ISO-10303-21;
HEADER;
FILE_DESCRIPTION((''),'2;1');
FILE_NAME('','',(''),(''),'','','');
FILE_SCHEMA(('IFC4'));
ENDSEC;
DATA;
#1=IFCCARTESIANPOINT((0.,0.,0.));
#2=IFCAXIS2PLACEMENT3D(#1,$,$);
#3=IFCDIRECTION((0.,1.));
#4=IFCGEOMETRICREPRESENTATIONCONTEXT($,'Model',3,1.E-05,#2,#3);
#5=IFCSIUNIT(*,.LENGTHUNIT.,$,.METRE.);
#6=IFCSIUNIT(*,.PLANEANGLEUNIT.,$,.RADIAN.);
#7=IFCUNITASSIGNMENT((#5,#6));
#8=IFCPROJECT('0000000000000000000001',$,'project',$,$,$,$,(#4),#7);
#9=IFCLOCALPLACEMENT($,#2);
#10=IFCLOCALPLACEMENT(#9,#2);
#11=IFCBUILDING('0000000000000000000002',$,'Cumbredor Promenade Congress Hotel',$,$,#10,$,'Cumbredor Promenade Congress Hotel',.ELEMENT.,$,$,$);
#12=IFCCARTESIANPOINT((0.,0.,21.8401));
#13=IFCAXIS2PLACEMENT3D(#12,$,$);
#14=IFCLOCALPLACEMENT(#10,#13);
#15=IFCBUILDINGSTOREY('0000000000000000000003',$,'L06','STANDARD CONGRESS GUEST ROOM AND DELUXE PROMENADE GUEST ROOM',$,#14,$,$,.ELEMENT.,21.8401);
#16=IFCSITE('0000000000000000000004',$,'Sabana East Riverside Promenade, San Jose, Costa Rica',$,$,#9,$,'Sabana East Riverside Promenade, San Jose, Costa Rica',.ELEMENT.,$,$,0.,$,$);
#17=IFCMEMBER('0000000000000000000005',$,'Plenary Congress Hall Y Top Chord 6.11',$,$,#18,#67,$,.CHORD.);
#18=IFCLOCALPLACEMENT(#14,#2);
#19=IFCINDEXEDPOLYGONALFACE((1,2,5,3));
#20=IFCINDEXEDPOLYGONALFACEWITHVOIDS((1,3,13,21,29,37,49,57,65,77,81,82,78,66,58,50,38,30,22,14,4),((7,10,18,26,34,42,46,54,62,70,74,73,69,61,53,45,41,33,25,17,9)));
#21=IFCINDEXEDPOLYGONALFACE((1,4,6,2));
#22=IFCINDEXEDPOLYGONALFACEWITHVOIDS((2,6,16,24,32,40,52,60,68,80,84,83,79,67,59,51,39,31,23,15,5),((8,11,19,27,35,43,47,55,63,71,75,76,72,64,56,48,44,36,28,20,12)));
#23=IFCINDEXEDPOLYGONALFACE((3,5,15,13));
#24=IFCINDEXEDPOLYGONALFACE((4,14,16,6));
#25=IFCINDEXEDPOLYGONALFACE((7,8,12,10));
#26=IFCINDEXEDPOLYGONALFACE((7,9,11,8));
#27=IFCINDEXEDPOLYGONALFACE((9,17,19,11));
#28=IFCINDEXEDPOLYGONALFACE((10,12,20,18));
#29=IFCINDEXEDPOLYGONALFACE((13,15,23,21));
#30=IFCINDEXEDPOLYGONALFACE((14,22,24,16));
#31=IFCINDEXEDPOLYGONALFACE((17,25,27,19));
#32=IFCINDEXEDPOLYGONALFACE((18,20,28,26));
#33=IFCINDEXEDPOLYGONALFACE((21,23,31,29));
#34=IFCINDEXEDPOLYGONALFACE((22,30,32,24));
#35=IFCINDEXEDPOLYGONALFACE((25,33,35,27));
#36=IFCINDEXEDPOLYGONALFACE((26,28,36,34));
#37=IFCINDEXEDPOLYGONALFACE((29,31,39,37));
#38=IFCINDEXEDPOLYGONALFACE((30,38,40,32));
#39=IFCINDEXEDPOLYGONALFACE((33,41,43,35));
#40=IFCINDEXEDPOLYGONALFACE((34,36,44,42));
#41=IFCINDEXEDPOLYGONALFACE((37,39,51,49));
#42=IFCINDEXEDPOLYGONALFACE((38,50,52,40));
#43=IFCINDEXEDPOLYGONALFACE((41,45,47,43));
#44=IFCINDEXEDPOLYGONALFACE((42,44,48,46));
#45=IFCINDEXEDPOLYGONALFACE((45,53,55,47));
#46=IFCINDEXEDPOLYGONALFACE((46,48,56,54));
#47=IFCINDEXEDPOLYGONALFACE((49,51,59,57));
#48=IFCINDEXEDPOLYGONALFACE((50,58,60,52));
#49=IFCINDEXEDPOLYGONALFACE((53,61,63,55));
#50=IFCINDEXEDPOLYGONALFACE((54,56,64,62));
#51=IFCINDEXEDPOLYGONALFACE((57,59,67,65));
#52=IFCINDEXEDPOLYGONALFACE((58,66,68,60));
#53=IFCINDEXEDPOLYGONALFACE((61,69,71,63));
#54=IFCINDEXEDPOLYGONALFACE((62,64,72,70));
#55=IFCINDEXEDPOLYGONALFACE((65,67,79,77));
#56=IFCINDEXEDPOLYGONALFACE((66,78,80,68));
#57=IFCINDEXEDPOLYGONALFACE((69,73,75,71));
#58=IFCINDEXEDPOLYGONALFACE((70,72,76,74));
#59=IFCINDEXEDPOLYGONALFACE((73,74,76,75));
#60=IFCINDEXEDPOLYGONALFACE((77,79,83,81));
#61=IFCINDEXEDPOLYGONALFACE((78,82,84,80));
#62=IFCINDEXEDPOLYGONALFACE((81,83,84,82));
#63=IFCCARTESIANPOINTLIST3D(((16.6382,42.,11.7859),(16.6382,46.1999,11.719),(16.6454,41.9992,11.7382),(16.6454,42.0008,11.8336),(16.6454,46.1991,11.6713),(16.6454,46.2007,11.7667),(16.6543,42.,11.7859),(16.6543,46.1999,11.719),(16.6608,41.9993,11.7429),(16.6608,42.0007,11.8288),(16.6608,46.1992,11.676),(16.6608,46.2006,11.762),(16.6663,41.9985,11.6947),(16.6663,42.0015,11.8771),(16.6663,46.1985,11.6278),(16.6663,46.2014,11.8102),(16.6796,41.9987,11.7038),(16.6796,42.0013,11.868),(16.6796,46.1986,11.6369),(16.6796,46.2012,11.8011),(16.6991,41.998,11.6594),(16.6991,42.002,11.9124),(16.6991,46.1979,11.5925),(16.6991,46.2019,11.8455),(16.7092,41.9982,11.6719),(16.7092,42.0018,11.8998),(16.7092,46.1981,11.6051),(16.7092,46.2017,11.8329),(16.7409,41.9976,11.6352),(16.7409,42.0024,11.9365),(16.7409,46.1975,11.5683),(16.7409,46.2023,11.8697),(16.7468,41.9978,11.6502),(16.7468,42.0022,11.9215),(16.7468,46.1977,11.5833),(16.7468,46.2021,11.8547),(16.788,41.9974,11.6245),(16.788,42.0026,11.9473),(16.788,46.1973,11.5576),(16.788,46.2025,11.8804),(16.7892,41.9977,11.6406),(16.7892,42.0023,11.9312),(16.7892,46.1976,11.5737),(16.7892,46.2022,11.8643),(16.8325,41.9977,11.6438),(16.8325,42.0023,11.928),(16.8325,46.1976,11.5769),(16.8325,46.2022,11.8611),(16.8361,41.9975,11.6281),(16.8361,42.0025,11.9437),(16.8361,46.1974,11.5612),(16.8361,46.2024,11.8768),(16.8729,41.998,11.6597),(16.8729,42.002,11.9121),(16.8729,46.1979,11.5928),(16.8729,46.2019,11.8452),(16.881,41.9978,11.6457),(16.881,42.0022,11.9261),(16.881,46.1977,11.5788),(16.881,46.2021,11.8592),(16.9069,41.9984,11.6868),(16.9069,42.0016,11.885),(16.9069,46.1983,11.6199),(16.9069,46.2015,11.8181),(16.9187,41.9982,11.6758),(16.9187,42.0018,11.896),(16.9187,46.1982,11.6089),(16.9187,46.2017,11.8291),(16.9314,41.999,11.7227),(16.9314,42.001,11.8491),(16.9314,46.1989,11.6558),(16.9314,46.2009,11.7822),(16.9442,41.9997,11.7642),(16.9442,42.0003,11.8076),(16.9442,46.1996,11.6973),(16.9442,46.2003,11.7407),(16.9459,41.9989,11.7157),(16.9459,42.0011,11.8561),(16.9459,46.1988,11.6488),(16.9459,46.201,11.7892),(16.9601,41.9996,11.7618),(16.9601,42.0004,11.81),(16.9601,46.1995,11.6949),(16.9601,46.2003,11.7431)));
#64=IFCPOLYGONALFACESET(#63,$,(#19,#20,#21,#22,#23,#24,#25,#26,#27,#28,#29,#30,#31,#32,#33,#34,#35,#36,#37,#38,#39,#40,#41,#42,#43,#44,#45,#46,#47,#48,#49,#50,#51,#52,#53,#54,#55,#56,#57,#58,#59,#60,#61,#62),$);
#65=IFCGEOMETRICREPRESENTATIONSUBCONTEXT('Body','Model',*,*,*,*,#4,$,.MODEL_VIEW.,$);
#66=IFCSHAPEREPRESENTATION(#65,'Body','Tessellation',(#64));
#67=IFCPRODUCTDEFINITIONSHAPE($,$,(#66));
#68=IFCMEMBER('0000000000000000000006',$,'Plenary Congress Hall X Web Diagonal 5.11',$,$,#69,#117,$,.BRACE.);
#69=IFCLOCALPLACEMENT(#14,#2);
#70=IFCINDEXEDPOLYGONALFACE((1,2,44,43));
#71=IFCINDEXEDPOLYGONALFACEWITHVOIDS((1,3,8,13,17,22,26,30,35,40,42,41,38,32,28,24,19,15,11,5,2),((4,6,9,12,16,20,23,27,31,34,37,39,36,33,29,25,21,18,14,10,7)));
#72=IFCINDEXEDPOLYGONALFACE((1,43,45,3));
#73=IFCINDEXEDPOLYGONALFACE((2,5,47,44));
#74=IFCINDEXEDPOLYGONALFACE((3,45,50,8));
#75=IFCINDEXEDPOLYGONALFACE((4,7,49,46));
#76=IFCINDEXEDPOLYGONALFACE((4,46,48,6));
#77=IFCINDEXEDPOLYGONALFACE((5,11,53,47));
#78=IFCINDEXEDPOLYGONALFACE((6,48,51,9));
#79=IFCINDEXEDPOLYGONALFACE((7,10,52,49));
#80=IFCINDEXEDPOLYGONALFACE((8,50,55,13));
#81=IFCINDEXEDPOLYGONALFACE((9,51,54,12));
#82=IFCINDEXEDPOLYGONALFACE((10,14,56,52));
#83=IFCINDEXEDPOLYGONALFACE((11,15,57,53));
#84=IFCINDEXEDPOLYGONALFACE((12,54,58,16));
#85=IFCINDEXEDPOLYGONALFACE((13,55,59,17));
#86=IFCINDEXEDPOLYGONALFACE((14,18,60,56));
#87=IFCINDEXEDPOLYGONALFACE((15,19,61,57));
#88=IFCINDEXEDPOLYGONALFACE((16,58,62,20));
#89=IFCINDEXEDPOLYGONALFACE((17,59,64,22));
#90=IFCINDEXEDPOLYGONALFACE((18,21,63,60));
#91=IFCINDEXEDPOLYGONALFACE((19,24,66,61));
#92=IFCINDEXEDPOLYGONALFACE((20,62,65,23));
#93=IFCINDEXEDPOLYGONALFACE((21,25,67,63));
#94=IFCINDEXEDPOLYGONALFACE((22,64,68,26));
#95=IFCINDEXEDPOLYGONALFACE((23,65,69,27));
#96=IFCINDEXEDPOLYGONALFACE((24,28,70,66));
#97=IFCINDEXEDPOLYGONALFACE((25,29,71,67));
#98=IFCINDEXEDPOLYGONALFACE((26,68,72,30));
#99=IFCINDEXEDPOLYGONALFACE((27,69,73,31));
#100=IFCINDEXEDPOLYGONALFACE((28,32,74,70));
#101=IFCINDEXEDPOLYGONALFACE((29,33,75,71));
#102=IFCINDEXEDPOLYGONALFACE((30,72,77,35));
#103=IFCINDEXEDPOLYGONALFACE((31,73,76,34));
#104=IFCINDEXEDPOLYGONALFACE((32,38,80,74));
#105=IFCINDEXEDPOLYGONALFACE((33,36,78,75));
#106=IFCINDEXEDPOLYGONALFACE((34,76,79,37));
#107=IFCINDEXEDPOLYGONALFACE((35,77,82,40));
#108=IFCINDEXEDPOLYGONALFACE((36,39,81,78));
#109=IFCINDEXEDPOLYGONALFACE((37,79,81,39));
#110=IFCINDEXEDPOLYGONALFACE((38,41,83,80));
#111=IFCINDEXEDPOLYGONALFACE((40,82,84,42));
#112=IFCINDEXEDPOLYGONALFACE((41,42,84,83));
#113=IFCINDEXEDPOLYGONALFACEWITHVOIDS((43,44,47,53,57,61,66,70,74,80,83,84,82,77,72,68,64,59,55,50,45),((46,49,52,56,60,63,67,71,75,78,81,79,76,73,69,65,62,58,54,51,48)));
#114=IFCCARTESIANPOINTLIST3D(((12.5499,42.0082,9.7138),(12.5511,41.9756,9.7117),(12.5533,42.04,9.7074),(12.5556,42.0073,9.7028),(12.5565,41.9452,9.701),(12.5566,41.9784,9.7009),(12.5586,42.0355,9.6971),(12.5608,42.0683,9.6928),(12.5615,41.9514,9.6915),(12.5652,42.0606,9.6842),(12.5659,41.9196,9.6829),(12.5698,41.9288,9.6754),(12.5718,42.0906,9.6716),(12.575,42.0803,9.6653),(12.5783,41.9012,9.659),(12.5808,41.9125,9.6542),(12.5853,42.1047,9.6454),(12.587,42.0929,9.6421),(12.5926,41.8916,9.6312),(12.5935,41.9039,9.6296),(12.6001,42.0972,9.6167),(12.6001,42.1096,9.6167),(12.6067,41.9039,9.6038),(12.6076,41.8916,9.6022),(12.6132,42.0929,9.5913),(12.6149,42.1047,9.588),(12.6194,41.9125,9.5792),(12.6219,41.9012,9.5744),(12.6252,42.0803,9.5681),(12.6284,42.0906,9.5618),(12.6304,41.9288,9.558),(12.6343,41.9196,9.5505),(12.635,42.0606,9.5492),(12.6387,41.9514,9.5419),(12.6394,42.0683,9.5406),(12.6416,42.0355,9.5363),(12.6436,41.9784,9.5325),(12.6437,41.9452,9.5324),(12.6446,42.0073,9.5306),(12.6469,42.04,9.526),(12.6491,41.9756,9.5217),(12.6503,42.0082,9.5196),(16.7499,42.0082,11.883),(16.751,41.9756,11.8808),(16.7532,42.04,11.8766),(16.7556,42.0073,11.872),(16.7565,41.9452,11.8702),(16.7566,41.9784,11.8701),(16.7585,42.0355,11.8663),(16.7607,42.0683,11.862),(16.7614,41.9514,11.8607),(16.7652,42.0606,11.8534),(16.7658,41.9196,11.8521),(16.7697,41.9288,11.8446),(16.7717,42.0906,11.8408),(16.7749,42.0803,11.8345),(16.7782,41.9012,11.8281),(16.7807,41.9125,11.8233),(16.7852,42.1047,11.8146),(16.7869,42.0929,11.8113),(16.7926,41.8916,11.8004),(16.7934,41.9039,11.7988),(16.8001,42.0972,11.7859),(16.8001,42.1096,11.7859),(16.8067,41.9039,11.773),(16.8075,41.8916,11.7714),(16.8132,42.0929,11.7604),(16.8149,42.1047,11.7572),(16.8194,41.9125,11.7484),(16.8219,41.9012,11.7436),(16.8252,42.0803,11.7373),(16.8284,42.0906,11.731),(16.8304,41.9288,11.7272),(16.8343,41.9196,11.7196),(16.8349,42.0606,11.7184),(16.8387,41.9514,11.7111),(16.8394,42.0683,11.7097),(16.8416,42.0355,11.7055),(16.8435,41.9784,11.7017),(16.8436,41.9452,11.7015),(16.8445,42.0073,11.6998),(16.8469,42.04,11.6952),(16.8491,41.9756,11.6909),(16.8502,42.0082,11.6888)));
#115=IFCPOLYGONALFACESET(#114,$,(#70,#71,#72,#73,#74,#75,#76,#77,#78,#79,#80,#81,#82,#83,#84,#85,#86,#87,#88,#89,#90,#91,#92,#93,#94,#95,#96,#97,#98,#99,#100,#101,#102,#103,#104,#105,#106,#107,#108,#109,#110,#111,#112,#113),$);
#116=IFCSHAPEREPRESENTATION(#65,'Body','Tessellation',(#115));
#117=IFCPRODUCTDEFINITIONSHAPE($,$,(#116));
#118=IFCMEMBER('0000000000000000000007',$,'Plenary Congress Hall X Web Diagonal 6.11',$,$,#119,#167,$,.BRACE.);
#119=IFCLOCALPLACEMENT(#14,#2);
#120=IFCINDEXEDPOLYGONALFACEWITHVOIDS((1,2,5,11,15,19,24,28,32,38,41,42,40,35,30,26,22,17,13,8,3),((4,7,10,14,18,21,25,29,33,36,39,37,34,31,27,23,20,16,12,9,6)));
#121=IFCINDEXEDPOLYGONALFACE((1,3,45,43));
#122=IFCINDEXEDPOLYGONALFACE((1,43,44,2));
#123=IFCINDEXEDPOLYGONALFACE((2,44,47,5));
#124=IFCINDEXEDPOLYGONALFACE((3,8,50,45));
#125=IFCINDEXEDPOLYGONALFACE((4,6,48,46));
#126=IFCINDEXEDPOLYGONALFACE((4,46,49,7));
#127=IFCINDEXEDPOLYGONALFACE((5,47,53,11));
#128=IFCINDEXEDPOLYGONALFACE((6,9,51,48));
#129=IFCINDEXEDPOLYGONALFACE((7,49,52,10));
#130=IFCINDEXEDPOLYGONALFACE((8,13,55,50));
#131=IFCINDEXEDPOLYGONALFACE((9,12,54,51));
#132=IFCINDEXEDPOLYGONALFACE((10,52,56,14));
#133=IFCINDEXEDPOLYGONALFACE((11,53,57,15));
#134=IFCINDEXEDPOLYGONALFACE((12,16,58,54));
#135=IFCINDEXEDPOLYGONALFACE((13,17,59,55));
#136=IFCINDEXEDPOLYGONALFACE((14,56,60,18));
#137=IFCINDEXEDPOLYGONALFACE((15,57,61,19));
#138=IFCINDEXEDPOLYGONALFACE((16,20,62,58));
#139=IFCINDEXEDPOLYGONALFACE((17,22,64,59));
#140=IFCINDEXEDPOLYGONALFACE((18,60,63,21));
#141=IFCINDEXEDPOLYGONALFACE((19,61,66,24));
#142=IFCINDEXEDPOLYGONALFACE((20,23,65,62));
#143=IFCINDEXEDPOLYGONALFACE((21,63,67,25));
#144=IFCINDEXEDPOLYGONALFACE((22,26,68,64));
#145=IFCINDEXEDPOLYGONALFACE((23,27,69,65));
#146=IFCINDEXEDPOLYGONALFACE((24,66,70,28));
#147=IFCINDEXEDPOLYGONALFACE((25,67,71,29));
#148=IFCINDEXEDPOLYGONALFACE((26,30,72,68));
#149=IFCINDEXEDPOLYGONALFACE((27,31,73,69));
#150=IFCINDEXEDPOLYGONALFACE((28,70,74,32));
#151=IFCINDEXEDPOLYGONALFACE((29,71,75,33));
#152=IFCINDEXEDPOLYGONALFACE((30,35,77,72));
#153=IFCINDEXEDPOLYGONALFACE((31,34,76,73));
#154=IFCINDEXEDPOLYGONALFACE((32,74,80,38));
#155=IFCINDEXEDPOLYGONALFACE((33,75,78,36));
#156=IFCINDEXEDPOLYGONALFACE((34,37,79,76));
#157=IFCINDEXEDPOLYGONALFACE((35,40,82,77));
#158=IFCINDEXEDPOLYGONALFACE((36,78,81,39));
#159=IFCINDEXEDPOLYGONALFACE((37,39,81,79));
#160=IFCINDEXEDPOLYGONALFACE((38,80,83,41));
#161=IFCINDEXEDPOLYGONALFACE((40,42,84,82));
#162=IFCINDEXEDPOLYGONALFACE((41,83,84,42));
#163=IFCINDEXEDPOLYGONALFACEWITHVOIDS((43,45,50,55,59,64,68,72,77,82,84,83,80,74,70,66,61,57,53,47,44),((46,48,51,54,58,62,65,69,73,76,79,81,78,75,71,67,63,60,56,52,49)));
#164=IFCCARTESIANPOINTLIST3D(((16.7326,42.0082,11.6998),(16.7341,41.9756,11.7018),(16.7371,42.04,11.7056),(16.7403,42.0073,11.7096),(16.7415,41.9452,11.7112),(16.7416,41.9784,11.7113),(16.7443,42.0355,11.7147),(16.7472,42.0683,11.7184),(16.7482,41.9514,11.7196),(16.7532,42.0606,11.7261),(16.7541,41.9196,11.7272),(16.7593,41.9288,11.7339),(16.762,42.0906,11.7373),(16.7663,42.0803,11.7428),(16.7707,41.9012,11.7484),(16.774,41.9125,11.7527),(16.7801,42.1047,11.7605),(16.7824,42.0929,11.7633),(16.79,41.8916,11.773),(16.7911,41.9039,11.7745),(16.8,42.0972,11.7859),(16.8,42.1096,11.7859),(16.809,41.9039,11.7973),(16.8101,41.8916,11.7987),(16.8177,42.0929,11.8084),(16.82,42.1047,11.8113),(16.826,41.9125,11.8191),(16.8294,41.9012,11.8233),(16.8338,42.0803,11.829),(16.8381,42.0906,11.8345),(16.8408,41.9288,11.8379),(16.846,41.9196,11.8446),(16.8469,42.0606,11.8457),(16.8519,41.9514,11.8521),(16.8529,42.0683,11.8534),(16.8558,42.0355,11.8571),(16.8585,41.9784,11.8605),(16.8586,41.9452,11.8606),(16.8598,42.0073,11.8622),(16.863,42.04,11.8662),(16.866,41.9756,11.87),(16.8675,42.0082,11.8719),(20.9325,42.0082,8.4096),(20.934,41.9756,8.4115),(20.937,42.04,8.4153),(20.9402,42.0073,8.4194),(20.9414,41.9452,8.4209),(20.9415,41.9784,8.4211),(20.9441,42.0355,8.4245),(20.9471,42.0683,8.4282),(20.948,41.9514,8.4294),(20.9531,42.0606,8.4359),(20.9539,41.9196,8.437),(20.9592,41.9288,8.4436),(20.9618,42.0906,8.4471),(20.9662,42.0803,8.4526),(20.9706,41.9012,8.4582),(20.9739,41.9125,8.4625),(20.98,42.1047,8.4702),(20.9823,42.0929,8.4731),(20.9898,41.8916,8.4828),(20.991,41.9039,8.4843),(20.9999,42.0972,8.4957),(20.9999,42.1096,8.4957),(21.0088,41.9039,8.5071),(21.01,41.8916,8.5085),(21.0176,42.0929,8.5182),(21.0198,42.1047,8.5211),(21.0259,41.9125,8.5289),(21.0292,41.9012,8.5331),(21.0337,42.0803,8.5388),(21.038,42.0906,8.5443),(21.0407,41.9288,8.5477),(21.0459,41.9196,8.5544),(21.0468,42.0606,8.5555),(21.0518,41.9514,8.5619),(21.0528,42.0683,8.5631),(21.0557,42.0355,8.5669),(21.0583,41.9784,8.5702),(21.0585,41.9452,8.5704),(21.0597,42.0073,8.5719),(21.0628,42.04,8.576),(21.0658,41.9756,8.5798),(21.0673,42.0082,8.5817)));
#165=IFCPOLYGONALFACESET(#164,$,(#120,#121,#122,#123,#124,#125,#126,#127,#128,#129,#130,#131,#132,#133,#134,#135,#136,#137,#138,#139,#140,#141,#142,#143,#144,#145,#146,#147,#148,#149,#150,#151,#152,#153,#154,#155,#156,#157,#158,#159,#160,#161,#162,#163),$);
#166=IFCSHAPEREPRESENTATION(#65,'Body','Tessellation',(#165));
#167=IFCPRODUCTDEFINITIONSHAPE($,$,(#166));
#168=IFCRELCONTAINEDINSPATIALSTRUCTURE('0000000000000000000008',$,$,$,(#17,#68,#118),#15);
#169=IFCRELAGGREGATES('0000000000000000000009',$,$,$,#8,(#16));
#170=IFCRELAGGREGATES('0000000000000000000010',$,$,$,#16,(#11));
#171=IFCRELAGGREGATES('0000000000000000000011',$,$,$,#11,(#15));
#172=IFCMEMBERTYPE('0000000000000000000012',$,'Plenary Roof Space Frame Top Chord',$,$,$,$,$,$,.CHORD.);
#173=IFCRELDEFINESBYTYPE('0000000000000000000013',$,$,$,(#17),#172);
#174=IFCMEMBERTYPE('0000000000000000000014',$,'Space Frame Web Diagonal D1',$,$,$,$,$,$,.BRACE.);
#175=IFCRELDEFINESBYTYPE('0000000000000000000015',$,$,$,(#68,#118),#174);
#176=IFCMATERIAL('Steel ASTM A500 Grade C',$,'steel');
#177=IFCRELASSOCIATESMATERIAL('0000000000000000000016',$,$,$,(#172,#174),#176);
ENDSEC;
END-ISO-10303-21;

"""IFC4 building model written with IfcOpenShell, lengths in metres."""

from ifc_helpers import new_model, si_unit, direction, frame, origin, origin_2d, place, context, subcontext, project, spatial, hollow_circle, extrude, material, material_profile, profile_set, type_object, element, save


model = new_model("IFC4")

# Units and contexts
model_context = context("Model", 3, precision=1e-05, world=origin(), true_north=direction((0.0, 1.0)))
body_context = subcontext(model_context, "Body", "Model", "MODEL_VIEW")
ifc_project = project(units=[si_unit("LENGTHUNIT", "METRE"), si_unit("PLANEANGLEUNIT", "RADIAN")], contexts=[model_context])

# Site, building, storey
site_placement = place(None, origin())
site = spatial("IfcSite", under=ifc_project, at=site_placement, Name="Sabana East Riverside Promenade, San Jose, Costa Rica", LongName="Sabana East Riverside Promenade, San Jose, Costa Rica", CompositionType="ELEMENT", RefElevation=0.0)
building_placement = place(site_placement, origin())
building = spatial("IfcBuilding", under=site, at=building_placement, Name="Cumbredor Promenade Congress Hotel", LongName="Cumbredor Promenade Congress Hotel", CompositionType="ELEMENT")
storey_placement = place(building_placement, frame((0.0, 0.0, 21.8401)))
storey = spatial("IfcBuildingStorey", under=building, at=storey_placement, Name="L06", Description="STANDARD CONGRESS GUEST ROOM AND DELUXE PROMENADE GUEST ROOM", CompositionType="ELEMENT", Elevation=21.8401)

# Members
ifc_material_1 = material(Name="Steel ASTM A500 Grade C", Category="steel")
ifc_material_profile_1 = material_profile(ifc_material_1, hollow_circle(Radius=0.1619, WallThickness=0.0161, at=origin_2d()), Name="CHS 323.9x16")
ifc_profile_set_1 = profile_set([ifc_material_profile_1], Name="Steel ASTM A500 Grade C")
member_type_1 = type_object("IfcMemberType", Name="Plenary Roof Space Frame Top Chord", PredefinedType="CHORD", material=ifc_profile_set_1)
member_1_placement = place(storey_placement, frame((16.8, 42.0, 11.7859), z_axis=(0.0, 0.999873, -0.015925), x_axis=(-1.0, 0.0, 0.0)))
element("IfcMember", 1, at=member_1_placement, inside=storey, type_object=member_type_1, Name="Plenary Congress Hall Y Top Chord 6.11", PredefinedType="CHORD", context=body_context, shape_type="SweptSolid", body=[
    extrude(hollow_circle(Radius=0.1619, WallThickness=0.0161, at=origin_2d()), origin(), (0.0, 0.0, 1.0), 4.2004),
])
ifc_material_profile_2 = material_profile(ifc_material_1, hollow_circle(Radius=0.1096, WallThickness=0.0125, at=origin_2d()), Name="CHS 219.1x12.5")
ifc_profile_set_2 = profile_set([ifc_material_profile_2], Name="Steel ASTM A500 Grade C")
member_type_2 = type_object("IfcMemberType", Name="Space Frame Web Diagonal D1", PredefinedType="BRACE", material=ifc_profile_set_2)
member_2_placement = place(storey_placement, frame((12.6001, 42.0, 9.6167), z_axis=(0.888494, 0.0, 0.458889), x_axis=(0.0, 1.0, 0.0)))
element("IfcMember", 2, at=member_2_placement, inside=storey, type_object=member_type_2, Name="Plenary Congress Hall X Web Diagonal 5.11", PredefinedType="BRACE", context=body_context, shape_type="SweptSolid", body=[
    extrude(hollow_circle(Radius=0.1096, WallThickness=0.0125, at=origin_2d()), origin(), (0.0, 0.0, 1.0), 4.7271),
])
member_3_placement = place(storey_placement, frame((16.8, 42.0, 11.7859), z_axis=(0.787199, 0.0, -0.616699), x_axis=(0.0, 1.0, 0.0)))
element("IfcMember", 3, at=member_3_placement, inside=storey, type_object=member_type_2, Name="Plenary Congress Hall X Web Diagonal 6.11", PredefinedType="BRACE", context=body_context, shape_type="SweptSolid", body=[
    extrude(hollow_circle(Radius=0.1096, WallThickness=0.0125, at=origin_2d()), origin(), (0.0, 0.0, 1.0), 5.3352),
])

save(model, "model.ifc")
